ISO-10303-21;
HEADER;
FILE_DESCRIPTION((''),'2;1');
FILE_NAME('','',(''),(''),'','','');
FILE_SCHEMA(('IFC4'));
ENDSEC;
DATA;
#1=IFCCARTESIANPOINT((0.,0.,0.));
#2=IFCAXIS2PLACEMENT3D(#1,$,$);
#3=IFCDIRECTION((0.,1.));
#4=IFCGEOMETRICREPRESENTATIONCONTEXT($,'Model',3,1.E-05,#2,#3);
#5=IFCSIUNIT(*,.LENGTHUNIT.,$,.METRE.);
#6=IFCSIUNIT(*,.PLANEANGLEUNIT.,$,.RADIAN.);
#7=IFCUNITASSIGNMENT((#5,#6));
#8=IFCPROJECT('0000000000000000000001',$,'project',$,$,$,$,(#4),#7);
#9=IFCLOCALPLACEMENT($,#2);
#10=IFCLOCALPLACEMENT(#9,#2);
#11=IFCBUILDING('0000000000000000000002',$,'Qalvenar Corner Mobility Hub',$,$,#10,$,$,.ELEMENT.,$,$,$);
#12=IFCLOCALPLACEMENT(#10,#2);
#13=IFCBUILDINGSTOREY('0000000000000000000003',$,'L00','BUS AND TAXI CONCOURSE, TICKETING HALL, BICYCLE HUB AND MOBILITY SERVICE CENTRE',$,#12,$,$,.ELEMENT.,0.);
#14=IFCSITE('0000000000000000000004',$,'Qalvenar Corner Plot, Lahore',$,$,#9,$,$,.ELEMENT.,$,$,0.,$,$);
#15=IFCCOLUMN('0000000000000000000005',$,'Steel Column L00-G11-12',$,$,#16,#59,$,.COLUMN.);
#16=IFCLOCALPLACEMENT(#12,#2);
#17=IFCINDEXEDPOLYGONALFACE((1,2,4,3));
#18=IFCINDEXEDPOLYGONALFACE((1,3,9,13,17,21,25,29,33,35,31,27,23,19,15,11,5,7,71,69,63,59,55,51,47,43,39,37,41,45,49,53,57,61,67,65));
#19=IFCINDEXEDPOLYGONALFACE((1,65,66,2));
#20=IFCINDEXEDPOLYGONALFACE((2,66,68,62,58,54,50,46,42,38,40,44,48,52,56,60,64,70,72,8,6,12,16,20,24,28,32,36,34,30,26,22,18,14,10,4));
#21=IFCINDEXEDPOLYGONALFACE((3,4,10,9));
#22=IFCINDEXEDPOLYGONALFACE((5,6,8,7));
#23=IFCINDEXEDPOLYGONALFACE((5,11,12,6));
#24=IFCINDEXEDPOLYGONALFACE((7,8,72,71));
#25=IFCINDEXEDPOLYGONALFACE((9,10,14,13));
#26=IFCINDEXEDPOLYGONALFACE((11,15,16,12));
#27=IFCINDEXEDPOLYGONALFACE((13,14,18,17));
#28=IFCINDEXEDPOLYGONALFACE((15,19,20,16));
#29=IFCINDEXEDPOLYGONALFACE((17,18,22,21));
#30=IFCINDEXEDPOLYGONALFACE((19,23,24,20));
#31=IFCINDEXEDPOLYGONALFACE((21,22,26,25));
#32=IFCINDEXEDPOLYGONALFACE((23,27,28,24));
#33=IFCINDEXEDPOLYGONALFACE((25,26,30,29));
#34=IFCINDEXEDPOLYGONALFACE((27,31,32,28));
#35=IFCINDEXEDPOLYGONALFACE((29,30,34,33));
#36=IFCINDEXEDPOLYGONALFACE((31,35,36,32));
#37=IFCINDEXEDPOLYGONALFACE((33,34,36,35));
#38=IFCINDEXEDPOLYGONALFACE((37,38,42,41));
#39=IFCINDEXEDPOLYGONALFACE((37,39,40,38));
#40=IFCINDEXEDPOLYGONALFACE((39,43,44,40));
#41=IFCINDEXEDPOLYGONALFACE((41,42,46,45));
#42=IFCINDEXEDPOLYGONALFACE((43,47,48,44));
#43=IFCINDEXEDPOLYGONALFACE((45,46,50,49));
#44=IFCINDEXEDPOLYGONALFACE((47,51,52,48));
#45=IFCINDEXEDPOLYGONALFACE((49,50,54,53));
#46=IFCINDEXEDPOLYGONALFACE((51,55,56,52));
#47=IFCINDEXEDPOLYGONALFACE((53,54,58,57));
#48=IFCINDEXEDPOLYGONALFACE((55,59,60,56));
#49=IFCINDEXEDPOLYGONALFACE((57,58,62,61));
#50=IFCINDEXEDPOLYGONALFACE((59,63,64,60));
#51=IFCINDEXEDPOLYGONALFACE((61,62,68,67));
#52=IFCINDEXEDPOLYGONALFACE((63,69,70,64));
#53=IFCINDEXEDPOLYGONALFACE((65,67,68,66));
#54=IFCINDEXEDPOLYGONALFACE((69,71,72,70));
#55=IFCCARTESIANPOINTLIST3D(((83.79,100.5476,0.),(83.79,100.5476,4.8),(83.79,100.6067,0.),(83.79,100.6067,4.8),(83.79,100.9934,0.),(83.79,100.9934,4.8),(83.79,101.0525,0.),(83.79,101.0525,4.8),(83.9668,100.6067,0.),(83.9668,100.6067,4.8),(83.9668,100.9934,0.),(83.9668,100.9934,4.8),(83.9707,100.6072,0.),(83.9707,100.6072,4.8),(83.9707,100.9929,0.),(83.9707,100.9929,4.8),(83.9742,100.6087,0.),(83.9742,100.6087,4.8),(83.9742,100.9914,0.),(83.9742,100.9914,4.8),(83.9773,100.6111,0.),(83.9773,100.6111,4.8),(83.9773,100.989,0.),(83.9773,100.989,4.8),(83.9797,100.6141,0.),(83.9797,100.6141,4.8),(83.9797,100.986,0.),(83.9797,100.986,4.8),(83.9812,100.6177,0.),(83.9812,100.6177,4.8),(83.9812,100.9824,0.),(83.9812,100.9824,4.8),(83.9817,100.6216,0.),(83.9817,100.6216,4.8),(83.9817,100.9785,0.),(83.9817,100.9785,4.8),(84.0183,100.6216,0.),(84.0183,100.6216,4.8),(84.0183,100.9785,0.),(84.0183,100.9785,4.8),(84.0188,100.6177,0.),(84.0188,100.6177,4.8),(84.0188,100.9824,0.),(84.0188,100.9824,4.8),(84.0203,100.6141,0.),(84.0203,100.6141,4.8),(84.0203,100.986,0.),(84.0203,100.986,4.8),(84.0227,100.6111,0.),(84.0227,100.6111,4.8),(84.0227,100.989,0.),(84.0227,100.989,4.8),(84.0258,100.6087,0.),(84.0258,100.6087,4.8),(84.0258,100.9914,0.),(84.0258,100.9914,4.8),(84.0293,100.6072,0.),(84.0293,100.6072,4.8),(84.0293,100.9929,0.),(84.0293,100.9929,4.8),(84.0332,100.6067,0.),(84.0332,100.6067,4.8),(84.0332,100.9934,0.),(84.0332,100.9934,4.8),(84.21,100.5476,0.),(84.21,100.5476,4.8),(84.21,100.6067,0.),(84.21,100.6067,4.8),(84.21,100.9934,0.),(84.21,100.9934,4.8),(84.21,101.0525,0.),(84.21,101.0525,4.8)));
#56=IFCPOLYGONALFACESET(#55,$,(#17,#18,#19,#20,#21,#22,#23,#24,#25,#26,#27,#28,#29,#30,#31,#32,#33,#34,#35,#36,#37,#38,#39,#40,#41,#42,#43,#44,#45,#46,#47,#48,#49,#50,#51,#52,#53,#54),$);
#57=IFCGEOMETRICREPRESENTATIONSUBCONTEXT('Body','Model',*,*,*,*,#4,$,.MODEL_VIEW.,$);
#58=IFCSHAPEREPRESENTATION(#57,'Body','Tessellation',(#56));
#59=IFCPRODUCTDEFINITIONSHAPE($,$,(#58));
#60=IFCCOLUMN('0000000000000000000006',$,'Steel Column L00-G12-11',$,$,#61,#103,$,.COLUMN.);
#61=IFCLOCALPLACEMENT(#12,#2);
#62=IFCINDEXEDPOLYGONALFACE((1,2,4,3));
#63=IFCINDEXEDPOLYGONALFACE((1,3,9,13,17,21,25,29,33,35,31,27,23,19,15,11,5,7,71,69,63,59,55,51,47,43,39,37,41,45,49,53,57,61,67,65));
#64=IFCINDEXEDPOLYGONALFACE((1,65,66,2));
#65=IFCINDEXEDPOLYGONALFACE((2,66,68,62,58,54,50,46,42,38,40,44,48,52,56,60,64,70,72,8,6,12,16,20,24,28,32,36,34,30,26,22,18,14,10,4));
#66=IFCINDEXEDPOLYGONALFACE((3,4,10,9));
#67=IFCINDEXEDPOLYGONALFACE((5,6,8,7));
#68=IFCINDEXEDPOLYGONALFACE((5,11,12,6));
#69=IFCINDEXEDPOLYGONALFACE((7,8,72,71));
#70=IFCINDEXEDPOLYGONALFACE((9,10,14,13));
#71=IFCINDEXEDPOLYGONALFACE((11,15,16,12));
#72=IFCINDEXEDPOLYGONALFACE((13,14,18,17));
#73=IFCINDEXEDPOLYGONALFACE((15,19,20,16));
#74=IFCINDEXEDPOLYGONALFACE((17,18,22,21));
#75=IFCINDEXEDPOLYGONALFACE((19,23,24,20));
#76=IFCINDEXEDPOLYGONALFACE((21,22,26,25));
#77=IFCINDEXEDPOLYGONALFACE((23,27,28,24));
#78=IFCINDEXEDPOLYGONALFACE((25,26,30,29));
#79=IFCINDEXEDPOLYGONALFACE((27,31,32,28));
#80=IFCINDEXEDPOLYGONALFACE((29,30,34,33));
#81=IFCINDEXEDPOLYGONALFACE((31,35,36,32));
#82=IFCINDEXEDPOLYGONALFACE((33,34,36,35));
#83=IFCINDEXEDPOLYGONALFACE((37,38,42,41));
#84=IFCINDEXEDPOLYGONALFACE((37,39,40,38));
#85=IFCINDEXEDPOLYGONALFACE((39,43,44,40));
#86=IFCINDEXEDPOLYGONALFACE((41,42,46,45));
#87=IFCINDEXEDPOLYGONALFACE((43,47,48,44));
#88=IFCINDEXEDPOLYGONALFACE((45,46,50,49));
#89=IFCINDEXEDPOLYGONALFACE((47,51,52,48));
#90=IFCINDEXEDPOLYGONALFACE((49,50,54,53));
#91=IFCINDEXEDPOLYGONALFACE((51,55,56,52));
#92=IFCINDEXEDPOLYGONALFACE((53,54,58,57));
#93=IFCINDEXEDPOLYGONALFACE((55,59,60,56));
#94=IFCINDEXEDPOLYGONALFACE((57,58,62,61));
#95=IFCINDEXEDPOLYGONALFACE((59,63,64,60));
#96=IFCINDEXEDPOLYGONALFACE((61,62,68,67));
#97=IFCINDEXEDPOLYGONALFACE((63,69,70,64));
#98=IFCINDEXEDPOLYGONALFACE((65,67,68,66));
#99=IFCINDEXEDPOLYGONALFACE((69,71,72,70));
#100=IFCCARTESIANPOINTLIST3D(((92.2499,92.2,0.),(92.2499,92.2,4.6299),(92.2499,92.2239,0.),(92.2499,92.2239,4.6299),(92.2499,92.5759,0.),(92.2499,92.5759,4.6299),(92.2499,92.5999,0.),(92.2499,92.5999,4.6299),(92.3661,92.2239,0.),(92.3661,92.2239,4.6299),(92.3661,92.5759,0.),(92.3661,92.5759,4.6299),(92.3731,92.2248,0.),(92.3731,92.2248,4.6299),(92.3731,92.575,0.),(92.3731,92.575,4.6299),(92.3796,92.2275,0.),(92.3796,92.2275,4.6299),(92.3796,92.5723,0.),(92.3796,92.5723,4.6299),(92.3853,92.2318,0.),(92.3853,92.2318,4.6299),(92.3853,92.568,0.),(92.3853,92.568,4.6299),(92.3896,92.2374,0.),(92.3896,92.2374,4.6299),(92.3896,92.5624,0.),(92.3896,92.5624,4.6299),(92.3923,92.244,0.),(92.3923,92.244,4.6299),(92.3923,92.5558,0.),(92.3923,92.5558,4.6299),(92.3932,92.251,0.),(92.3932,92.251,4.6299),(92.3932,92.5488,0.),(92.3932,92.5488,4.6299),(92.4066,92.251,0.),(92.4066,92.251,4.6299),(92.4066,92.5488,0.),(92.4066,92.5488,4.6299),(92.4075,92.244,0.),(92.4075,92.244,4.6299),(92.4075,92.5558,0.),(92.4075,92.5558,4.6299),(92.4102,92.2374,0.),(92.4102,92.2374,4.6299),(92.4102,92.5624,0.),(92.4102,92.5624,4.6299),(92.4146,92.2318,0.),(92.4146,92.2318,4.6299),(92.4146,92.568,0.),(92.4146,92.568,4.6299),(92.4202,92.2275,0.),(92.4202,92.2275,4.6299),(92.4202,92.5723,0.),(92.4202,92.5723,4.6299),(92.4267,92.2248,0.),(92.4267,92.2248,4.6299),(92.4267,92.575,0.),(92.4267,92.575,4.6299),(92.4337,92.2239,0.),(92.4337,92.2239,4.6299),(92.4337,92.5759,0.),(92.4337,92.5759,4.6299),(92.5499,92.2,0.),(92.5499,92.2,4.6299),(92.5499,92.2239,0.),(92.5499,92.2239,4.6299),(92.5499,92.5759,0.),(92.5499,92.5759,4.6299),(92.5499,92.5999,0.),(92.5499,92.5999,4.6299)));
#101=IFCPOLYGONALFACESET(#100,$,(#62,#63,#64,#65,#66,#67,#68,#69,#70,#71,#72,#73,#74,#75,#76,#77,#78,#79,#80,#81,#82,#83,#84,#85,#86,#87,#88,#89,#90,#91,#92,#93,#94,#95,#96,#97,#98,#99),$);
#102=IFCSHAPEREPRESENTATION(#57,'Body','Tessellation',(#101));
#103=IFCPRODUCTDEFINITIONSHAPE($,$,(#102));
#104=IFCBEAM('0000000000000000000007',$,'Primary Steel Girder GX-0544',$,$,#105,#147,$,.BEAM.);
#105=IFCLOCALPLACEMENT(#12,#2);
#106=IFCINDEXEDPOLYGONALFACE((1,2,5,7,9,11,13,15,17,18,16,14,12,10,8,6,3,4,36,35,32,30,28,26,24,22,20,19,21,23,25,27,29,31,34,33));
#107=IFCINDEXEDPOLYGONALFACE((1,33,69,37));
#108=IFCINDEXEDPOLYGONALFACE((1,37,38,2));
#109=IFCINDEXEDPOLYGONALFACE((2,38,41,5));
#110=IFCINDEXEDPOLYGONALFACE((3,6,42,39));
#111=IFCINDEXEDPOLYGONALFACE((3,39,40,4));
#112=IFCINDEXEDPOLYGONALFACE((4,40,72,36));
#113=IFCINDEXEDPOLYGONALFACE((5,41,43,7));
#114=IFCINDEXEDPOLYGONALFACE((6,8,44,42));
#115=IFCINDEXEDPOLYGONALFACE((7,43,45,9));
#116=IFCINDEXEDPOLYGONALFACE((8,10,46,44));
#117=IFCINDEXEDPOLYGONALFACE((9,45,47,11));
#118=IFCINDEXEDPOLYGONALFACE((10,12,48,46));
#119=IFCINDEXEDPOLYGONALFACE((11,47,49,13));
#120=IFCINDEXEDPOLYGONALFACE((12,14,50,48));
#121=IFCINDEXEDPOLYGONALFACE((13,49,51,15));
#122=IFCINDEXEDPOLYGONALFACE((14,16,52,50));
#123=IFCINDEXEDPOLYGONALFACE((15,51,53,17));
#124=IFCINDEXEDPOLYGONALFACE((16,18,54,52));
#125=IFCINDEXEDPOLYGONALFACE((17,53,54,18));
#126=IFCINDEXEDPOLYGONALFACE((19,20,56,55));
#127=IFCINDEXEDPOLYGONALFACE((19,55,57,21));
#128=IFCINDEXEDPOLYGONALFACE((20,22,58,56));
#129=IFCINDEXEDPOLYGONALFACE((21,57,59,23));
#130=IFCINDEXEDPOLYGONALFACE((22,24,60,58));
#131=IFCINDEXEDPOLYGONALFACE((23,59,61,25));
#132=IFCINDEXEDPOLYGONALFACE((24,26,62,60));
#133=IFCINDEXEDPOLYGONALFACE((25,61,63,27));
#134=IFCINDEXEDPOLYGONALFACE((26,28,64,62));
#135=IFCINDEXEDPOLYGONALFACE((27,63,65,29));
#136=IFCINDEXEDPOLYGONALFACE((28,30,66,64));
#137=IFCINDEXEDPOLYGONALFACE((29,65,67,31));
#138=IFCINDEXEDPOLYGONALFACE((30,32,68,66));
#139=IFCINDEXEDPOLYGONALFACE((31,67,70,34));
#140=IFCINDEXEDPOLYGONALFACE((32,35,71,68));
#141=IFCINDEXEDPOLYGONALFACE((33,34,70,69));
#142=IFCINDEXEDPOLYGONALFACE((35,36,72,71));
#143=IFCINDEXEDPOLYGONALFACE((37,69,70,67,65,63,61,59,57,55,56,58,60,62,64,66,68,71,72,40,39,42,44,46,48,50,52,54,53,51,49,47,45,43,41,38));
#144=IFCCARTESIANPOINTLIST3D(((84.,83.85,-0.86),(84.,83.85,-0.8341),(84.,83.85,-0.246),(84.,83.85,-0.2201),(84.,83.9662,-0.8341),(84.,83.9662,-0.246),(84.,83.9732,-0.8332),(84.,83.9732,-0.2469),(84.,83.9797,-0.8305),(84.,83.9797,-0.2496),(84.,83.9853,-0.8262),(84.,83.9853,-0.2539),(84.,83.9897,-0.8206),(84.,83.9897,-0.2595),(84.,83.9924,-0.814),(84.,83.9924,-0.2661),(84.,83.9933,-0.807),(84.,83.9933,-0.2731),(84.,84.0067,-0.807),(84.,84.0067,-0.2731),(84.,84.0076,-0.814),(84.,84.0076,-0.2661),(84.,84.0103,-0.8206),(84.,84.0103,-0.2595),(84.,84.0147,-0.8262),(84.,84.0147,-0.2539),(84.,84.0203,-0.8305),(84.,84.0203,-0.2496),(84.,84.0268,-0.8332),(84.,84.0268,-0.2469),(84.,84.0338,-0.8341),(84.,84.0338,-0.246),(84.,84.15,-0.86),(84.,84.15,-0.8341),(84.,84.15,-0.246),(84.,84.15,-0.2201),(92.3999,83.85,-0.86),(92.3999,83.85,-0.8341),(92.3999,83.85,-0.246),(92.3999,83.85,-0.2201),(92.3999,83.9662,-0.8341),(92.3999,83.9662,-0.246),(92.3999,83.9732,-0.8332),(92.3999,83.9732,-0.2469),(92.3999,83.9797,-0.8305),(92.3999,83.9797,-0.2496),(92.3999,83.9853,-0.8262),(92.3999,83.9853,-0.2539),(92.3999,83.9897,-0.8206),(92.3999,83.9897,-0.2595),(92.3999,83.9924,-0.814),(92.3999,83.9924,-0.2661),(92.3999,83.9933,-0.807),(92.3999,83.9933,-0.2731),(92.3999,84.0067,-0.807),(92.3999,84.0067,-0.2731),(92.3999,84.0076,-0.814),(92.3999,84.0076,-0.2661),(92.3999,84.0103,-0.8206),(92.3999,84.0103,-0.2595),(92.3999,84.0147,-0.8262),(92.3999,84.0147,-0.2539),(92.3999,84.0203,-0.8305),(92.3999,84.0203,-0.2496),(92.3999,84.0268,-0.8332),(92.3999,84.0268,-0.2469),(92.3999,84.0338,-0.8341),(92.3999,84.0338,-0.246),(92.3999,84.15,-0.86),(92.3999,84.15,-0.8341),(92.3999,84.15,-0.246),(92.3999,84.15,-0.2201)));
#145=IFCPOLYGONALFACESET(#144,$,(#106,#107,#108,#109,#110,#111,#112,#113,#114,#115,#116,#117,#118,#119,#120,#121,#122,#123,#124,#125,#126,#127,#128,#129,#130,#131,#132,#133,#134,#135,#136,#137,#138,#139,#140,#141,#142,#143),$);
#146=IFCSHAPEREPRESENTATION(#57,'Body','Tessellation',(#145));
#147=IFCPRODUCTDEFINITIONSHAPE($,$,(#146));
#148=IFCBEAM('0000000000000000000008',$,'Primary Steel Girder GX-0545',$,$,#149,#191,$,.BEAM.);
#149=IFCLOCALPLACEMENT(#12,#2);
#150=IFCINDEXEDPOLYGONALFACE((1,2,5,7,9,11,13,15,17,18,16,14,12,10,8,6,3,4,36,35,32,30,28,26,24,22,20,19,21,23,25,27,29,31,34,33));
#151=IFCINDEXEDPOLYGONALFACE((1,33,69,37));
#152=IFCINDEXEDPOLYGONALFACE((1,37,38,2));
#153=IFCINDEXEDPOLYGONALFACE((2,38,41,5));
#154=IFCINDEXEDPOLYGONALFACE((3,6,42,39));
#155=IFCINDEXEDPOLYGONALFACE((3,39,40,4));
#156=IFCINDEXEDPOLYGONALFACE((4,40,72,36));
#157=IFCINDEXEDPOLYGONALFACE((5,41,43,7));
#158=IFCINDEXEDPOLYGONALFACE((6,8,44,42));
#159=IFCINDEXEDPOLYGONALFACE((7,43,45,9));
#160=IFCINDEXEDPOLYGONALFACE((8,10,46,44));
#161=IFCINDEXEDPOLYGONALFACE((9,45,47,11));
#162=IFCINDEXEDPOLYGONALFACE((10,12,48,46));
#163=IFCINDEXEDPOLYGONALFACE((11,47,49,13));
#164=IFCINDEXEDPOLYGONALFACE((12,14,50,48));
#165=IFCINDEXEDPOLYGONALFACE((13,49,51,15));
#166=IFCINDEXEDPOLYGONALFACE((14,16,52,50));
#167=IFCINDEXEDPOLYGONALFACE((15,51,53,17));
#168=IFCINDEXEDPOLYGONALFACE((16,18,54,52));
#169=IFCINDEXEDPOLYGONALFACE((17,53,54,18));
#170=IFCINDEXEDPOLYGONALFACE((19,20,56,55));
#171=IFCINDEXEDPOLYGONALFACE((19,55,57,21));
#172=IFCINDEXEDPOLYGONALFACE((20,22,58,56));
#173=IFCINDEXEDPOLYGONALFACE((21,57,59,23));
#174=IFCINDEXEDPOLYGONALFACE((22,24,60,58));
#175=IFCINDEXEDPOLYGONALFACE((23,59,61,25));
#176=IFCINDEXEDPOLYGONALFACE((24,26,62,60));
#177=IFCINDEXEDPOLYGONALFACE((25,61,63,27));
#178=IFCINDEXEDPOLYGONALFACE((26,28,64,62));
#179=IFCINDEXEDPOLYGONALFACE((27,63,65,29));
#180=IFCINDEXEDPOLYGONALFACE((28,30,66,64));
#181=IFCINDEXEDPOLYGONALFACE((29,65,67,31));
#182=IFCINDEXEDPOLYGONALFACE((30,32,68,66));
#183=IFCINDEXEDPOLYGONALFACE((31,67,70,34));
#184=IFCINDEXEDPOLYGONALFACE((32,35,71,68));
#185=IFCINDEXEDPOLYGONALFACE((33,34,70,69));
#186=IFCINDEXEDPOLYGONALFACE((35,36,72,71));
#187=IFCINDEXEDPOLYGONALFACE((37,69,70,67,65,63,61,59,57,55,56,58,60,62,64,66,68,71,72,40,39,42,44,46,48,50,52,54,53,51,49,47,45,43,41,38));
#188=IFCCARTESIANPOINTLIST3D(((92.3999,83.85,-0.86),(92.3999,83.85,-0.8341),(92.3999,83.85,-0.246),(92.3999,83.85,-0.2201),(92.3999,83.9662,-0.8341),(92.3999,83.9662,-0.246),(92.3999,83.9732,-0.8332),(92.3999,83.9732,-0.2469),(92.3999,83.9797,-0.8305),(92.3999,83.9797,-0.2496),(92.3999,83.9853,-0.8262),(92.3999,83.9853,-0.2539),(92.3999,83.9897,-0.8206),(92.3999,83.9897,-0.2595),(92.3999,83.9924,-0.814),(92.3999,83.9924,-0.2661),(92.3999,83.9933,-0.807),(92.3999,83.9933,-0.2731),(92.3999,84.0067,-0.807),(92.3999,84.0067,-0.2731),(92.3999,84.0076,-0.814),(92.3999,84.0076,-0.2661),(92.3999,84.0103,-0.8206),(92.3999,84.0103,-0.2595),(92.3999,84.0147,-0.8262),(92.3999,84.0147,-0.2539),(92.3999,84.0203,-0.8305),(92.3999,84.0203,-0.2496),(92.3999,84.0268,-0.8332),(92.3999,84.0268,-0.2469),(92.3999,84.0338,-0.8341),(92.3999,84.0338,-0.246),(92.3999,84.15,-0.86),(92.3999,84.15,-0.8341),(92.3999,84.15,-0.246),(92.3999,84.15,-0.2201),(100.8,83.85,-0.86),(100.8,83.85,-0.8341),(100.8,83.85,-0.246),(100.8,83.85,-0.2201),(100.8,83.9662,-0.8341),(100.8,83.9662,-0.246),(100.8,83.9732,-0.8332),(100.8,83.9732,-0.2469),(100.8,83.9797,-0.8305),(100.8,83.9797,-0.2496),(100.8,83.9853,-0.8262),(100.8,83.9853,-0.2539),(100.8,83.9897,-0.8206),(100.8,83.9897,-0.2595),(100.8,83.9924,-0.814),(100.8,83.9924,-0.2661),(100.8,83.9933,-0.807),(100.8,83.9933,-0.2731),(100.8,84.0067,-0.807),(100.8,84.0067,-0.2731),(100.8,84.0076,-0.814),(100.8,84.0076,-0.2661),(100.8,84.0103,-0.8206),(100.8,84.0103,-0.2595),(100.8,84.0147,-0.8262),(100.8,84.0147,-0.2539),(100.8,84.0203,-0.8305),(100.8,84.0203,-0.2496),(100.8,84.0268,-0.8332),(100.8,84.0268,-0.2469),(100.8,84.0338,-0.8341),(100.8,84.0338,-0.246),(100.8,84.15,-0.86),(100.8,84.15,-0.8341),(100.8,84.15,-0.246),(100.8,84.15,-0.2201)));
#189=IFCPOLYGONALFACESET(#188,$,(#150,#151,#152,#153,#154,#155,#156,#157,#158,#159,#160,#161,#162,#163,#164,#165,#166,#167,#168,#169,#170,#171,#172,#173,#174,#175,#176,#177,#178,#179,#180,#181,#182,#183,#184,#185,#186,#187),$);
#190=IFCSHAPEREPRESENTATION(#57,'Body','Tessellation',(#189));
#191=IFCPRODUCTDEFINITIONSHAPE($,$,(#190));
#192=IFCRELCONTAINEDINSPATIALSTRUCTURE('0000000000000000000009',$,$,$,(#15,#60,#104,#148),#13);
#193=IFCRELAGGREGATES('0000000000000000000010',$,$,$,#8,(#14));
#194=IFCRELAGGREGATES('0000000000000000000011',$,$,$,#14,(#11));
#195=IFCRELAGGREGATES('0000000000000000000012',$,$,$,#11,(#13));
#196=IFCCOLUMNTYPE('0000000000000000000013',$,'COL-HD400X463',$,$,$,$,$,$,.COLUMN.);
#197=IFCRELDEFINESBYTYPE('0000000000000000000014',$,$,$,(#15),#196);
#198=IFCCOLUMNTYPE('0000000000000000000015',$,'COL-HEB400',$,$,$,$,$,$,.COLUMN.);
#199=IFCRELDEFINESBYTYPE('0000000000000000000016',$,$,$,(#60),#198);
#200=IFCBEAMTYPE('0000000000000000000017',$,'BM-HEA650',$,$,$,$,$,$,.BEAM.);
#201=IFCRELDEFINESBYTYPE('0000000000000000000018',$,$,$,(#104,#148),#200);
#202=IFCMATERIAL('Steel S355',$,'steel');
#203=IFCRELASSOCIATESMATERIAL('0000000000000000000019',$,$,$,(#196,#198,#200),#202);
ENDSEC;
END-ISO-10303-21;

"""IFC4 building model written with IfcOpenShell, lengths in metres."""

from ifc_helpers import new_model, si_unit, direction, frame, origin, origin_2d, place, context, subcontext, project, spatial, i_section, extrude, material, material_profile, profile_set, type_object, element, save


model = new_model("IFC4")

# Units and contexts
model_context = context("Model", 3, precision=1e-05, world=origin(), true_north=direction((0.0, 1.0)))
body_context = subcontext(model_context, "Body", "Model", "MODEL_VIEW")
ifc_project = project(units=[si_unit("LENGTHUNIT", "METRE"), si_unit("PLANEANGLEUNIT", "RADIAN")], contexts=[model_context])

# Site, building, storey
site_placement = place(None, origin())
site = spatial("IfcSite", under=ifc_project, at=site_placement, Name="Qalvenar Corner Plot, Lahore", CompositionType="ELEMENT", RefElevation=0.0)
building_placement = place(site_placement, origin())
building = spatial("IfcBuilding", under=site, at=building_placement, Name="Qalvenar Corner Mobility Hub", CompositionType="ELEMENT")
storey_placement = place(building_placement, origin())
storey = spatial("IfcBuildingStorey", under=building, at=storey_placement, Name="L00", Description="BUS AND TAXI CONCOURSE, TICKETING HALL, BICYCLE HUB AND MOBILITY SERVICE CENTRE", CompositionType="ELEMENT", Elevation=0.0)

# Columns
ifc_material = material(Name="Steel S355", Category="steel")
ifc_material_profile_1 = material_profile(ifc_material, i_section(OverallWidth=0.4199, OverallDepth=0.5049, WebThickness=0.0366, FlangeThickness=0.0591, FilletRadius=0.0149, at=origin_2d()), Name="HD400x551")
ifc_profile_set_1 = profile_set([ifc_material_profile_1], Name="Steel S355")
column_type_1 = type_object("IfcColumnType", Name="COL-HD400X463", PredefinedType="COLUMN", material=ifc_profile_set_1)
for number, where, z_axis, x_axis, name in (
    (1, (84.0, 100.8, 0.0), (0.0, 0.0, 1.0), (1.0, 0.0, 0.0), "Steel Column L00-G11-12"),
):
    element("IfcColumn", number, at=place(storey_placement, frame(where, z_axis=z_axis, x_axis=x_axis)), inside=storey, type_object=column_type_1, Name=name, PredefinedType="COLUMN", context=body_context, shape_type="SweptSolid", body=[
        extrude(i_section(OverallWidth=0.4199, OverallDepth=0.5049, WebThickness=0.0366, FlangeThickness=0.0591, FilletRadius=0.0149, at=origin_2d()), origin(), (0.0, 0.0, 1.0), 4.8),
    ])
ifc_material_profile_2 = material_profile(ifc_material, i_section(OverallWidth=0.3, OverallDepth=0.3999, WebThickness=0.0134, FlangeThickness=0.0239, FilletRadius=0.0271, at=origin_2d()), Name="HEB400")
ifc_profile_set_2 = profile_set([ifc_material_profile_2], Name="Steel S355")
column_type_2 = type_object("IfcColumnType", Name="COL-HEB400", PredefinedType="COLUMN", material=ifc_profile_set_2)
column_placement = place(storey_placement, frame((92.3999, 92.3999, 0.0), z_axis=(0.0, 0.0, 1.0), x_axis=(1.0, 0.0, 0.0)))
element("IfcColumn", 2, at=column_placement, inside=storey, type_object=column_type_2, Name="Steel Column L00-G12-11", PredefinedType="COLUMN", context=body_context, shape_type="SweptSolid", body=[
    extrude(i_section(OverallWidth=0.3, OverallDepth=0.3999, WebThickness=0.0134, FlangeThickness=0.0239, FilletRadius=0.0271, at=origin_2d()), origin(), (0.0, 0.0, 1.0), 4.6299),
])

# Beams
ifc_material_profile_3 = material_profile(ifc_material, i_section(OverallWidth=0.3, OverallDepth=0.6399, WebThickness=0.0134, FlangeThickness=0.0259, FilletRadius=0.0271, at=origin_2d()), Name="HEA650")
ifc_profile_set_3 = profile_set([ifc_material_profile_3], Name="Steel S355")
beam_type_1 = type_object("IfcBeamType", Name="BM-HEA650", PredefinedType="BEAM", material=ifc_profile_set_3)
beam_1_placement = place(storey_placement, frame((84.0, 84.0, -0.54), z_axis=(1.0, 0.0, 0.0), x_axis=(0.0, 1.0, 0.0)))
element("IfcBeam", 3, at=beam_1_placement, inside=storey, type_object=beam_type_1, Name="Primary Steel Girder GX-0544", PredefinedType="BEAM", context=body_context, shape_type="SweptSolid", body=[
    extrude(i_section(OverallWidth=0.3, OverallDepth=0.6399, WebThickness=0.0134, FlangeThickness=0.0259, FilletRadius=0.0271, at=origin_2d()), origin(), (0.0, 0.0, 1.0), 8.3999),
])
beam_2_placement = place(storey_placement, frame((92.3999, 84.0, -0.54), z_axis=(1.0, 0.0, 0.0), x_axis=(0.0, 1.0, 0.0)))
element("IfcBeam", 4, at=beam_2_placement, inside=storey, type_object=beam_type_1, Name="Primary Steel Girder GX-0545", PredefinedType="BEAM", context=body_context, shape_type="SweptSolid", body=[
    extrude(i_section(OverallWidth=0.3, OverallDepth=0.6399, WebThickness=0.0134, FlangeThickness=0.0259, FilletRadius=0.0271, at=origin_2d()), origin(), (0.0, 0.0, 1.0), 8.4001),
])

save(model, "model.ifc")
